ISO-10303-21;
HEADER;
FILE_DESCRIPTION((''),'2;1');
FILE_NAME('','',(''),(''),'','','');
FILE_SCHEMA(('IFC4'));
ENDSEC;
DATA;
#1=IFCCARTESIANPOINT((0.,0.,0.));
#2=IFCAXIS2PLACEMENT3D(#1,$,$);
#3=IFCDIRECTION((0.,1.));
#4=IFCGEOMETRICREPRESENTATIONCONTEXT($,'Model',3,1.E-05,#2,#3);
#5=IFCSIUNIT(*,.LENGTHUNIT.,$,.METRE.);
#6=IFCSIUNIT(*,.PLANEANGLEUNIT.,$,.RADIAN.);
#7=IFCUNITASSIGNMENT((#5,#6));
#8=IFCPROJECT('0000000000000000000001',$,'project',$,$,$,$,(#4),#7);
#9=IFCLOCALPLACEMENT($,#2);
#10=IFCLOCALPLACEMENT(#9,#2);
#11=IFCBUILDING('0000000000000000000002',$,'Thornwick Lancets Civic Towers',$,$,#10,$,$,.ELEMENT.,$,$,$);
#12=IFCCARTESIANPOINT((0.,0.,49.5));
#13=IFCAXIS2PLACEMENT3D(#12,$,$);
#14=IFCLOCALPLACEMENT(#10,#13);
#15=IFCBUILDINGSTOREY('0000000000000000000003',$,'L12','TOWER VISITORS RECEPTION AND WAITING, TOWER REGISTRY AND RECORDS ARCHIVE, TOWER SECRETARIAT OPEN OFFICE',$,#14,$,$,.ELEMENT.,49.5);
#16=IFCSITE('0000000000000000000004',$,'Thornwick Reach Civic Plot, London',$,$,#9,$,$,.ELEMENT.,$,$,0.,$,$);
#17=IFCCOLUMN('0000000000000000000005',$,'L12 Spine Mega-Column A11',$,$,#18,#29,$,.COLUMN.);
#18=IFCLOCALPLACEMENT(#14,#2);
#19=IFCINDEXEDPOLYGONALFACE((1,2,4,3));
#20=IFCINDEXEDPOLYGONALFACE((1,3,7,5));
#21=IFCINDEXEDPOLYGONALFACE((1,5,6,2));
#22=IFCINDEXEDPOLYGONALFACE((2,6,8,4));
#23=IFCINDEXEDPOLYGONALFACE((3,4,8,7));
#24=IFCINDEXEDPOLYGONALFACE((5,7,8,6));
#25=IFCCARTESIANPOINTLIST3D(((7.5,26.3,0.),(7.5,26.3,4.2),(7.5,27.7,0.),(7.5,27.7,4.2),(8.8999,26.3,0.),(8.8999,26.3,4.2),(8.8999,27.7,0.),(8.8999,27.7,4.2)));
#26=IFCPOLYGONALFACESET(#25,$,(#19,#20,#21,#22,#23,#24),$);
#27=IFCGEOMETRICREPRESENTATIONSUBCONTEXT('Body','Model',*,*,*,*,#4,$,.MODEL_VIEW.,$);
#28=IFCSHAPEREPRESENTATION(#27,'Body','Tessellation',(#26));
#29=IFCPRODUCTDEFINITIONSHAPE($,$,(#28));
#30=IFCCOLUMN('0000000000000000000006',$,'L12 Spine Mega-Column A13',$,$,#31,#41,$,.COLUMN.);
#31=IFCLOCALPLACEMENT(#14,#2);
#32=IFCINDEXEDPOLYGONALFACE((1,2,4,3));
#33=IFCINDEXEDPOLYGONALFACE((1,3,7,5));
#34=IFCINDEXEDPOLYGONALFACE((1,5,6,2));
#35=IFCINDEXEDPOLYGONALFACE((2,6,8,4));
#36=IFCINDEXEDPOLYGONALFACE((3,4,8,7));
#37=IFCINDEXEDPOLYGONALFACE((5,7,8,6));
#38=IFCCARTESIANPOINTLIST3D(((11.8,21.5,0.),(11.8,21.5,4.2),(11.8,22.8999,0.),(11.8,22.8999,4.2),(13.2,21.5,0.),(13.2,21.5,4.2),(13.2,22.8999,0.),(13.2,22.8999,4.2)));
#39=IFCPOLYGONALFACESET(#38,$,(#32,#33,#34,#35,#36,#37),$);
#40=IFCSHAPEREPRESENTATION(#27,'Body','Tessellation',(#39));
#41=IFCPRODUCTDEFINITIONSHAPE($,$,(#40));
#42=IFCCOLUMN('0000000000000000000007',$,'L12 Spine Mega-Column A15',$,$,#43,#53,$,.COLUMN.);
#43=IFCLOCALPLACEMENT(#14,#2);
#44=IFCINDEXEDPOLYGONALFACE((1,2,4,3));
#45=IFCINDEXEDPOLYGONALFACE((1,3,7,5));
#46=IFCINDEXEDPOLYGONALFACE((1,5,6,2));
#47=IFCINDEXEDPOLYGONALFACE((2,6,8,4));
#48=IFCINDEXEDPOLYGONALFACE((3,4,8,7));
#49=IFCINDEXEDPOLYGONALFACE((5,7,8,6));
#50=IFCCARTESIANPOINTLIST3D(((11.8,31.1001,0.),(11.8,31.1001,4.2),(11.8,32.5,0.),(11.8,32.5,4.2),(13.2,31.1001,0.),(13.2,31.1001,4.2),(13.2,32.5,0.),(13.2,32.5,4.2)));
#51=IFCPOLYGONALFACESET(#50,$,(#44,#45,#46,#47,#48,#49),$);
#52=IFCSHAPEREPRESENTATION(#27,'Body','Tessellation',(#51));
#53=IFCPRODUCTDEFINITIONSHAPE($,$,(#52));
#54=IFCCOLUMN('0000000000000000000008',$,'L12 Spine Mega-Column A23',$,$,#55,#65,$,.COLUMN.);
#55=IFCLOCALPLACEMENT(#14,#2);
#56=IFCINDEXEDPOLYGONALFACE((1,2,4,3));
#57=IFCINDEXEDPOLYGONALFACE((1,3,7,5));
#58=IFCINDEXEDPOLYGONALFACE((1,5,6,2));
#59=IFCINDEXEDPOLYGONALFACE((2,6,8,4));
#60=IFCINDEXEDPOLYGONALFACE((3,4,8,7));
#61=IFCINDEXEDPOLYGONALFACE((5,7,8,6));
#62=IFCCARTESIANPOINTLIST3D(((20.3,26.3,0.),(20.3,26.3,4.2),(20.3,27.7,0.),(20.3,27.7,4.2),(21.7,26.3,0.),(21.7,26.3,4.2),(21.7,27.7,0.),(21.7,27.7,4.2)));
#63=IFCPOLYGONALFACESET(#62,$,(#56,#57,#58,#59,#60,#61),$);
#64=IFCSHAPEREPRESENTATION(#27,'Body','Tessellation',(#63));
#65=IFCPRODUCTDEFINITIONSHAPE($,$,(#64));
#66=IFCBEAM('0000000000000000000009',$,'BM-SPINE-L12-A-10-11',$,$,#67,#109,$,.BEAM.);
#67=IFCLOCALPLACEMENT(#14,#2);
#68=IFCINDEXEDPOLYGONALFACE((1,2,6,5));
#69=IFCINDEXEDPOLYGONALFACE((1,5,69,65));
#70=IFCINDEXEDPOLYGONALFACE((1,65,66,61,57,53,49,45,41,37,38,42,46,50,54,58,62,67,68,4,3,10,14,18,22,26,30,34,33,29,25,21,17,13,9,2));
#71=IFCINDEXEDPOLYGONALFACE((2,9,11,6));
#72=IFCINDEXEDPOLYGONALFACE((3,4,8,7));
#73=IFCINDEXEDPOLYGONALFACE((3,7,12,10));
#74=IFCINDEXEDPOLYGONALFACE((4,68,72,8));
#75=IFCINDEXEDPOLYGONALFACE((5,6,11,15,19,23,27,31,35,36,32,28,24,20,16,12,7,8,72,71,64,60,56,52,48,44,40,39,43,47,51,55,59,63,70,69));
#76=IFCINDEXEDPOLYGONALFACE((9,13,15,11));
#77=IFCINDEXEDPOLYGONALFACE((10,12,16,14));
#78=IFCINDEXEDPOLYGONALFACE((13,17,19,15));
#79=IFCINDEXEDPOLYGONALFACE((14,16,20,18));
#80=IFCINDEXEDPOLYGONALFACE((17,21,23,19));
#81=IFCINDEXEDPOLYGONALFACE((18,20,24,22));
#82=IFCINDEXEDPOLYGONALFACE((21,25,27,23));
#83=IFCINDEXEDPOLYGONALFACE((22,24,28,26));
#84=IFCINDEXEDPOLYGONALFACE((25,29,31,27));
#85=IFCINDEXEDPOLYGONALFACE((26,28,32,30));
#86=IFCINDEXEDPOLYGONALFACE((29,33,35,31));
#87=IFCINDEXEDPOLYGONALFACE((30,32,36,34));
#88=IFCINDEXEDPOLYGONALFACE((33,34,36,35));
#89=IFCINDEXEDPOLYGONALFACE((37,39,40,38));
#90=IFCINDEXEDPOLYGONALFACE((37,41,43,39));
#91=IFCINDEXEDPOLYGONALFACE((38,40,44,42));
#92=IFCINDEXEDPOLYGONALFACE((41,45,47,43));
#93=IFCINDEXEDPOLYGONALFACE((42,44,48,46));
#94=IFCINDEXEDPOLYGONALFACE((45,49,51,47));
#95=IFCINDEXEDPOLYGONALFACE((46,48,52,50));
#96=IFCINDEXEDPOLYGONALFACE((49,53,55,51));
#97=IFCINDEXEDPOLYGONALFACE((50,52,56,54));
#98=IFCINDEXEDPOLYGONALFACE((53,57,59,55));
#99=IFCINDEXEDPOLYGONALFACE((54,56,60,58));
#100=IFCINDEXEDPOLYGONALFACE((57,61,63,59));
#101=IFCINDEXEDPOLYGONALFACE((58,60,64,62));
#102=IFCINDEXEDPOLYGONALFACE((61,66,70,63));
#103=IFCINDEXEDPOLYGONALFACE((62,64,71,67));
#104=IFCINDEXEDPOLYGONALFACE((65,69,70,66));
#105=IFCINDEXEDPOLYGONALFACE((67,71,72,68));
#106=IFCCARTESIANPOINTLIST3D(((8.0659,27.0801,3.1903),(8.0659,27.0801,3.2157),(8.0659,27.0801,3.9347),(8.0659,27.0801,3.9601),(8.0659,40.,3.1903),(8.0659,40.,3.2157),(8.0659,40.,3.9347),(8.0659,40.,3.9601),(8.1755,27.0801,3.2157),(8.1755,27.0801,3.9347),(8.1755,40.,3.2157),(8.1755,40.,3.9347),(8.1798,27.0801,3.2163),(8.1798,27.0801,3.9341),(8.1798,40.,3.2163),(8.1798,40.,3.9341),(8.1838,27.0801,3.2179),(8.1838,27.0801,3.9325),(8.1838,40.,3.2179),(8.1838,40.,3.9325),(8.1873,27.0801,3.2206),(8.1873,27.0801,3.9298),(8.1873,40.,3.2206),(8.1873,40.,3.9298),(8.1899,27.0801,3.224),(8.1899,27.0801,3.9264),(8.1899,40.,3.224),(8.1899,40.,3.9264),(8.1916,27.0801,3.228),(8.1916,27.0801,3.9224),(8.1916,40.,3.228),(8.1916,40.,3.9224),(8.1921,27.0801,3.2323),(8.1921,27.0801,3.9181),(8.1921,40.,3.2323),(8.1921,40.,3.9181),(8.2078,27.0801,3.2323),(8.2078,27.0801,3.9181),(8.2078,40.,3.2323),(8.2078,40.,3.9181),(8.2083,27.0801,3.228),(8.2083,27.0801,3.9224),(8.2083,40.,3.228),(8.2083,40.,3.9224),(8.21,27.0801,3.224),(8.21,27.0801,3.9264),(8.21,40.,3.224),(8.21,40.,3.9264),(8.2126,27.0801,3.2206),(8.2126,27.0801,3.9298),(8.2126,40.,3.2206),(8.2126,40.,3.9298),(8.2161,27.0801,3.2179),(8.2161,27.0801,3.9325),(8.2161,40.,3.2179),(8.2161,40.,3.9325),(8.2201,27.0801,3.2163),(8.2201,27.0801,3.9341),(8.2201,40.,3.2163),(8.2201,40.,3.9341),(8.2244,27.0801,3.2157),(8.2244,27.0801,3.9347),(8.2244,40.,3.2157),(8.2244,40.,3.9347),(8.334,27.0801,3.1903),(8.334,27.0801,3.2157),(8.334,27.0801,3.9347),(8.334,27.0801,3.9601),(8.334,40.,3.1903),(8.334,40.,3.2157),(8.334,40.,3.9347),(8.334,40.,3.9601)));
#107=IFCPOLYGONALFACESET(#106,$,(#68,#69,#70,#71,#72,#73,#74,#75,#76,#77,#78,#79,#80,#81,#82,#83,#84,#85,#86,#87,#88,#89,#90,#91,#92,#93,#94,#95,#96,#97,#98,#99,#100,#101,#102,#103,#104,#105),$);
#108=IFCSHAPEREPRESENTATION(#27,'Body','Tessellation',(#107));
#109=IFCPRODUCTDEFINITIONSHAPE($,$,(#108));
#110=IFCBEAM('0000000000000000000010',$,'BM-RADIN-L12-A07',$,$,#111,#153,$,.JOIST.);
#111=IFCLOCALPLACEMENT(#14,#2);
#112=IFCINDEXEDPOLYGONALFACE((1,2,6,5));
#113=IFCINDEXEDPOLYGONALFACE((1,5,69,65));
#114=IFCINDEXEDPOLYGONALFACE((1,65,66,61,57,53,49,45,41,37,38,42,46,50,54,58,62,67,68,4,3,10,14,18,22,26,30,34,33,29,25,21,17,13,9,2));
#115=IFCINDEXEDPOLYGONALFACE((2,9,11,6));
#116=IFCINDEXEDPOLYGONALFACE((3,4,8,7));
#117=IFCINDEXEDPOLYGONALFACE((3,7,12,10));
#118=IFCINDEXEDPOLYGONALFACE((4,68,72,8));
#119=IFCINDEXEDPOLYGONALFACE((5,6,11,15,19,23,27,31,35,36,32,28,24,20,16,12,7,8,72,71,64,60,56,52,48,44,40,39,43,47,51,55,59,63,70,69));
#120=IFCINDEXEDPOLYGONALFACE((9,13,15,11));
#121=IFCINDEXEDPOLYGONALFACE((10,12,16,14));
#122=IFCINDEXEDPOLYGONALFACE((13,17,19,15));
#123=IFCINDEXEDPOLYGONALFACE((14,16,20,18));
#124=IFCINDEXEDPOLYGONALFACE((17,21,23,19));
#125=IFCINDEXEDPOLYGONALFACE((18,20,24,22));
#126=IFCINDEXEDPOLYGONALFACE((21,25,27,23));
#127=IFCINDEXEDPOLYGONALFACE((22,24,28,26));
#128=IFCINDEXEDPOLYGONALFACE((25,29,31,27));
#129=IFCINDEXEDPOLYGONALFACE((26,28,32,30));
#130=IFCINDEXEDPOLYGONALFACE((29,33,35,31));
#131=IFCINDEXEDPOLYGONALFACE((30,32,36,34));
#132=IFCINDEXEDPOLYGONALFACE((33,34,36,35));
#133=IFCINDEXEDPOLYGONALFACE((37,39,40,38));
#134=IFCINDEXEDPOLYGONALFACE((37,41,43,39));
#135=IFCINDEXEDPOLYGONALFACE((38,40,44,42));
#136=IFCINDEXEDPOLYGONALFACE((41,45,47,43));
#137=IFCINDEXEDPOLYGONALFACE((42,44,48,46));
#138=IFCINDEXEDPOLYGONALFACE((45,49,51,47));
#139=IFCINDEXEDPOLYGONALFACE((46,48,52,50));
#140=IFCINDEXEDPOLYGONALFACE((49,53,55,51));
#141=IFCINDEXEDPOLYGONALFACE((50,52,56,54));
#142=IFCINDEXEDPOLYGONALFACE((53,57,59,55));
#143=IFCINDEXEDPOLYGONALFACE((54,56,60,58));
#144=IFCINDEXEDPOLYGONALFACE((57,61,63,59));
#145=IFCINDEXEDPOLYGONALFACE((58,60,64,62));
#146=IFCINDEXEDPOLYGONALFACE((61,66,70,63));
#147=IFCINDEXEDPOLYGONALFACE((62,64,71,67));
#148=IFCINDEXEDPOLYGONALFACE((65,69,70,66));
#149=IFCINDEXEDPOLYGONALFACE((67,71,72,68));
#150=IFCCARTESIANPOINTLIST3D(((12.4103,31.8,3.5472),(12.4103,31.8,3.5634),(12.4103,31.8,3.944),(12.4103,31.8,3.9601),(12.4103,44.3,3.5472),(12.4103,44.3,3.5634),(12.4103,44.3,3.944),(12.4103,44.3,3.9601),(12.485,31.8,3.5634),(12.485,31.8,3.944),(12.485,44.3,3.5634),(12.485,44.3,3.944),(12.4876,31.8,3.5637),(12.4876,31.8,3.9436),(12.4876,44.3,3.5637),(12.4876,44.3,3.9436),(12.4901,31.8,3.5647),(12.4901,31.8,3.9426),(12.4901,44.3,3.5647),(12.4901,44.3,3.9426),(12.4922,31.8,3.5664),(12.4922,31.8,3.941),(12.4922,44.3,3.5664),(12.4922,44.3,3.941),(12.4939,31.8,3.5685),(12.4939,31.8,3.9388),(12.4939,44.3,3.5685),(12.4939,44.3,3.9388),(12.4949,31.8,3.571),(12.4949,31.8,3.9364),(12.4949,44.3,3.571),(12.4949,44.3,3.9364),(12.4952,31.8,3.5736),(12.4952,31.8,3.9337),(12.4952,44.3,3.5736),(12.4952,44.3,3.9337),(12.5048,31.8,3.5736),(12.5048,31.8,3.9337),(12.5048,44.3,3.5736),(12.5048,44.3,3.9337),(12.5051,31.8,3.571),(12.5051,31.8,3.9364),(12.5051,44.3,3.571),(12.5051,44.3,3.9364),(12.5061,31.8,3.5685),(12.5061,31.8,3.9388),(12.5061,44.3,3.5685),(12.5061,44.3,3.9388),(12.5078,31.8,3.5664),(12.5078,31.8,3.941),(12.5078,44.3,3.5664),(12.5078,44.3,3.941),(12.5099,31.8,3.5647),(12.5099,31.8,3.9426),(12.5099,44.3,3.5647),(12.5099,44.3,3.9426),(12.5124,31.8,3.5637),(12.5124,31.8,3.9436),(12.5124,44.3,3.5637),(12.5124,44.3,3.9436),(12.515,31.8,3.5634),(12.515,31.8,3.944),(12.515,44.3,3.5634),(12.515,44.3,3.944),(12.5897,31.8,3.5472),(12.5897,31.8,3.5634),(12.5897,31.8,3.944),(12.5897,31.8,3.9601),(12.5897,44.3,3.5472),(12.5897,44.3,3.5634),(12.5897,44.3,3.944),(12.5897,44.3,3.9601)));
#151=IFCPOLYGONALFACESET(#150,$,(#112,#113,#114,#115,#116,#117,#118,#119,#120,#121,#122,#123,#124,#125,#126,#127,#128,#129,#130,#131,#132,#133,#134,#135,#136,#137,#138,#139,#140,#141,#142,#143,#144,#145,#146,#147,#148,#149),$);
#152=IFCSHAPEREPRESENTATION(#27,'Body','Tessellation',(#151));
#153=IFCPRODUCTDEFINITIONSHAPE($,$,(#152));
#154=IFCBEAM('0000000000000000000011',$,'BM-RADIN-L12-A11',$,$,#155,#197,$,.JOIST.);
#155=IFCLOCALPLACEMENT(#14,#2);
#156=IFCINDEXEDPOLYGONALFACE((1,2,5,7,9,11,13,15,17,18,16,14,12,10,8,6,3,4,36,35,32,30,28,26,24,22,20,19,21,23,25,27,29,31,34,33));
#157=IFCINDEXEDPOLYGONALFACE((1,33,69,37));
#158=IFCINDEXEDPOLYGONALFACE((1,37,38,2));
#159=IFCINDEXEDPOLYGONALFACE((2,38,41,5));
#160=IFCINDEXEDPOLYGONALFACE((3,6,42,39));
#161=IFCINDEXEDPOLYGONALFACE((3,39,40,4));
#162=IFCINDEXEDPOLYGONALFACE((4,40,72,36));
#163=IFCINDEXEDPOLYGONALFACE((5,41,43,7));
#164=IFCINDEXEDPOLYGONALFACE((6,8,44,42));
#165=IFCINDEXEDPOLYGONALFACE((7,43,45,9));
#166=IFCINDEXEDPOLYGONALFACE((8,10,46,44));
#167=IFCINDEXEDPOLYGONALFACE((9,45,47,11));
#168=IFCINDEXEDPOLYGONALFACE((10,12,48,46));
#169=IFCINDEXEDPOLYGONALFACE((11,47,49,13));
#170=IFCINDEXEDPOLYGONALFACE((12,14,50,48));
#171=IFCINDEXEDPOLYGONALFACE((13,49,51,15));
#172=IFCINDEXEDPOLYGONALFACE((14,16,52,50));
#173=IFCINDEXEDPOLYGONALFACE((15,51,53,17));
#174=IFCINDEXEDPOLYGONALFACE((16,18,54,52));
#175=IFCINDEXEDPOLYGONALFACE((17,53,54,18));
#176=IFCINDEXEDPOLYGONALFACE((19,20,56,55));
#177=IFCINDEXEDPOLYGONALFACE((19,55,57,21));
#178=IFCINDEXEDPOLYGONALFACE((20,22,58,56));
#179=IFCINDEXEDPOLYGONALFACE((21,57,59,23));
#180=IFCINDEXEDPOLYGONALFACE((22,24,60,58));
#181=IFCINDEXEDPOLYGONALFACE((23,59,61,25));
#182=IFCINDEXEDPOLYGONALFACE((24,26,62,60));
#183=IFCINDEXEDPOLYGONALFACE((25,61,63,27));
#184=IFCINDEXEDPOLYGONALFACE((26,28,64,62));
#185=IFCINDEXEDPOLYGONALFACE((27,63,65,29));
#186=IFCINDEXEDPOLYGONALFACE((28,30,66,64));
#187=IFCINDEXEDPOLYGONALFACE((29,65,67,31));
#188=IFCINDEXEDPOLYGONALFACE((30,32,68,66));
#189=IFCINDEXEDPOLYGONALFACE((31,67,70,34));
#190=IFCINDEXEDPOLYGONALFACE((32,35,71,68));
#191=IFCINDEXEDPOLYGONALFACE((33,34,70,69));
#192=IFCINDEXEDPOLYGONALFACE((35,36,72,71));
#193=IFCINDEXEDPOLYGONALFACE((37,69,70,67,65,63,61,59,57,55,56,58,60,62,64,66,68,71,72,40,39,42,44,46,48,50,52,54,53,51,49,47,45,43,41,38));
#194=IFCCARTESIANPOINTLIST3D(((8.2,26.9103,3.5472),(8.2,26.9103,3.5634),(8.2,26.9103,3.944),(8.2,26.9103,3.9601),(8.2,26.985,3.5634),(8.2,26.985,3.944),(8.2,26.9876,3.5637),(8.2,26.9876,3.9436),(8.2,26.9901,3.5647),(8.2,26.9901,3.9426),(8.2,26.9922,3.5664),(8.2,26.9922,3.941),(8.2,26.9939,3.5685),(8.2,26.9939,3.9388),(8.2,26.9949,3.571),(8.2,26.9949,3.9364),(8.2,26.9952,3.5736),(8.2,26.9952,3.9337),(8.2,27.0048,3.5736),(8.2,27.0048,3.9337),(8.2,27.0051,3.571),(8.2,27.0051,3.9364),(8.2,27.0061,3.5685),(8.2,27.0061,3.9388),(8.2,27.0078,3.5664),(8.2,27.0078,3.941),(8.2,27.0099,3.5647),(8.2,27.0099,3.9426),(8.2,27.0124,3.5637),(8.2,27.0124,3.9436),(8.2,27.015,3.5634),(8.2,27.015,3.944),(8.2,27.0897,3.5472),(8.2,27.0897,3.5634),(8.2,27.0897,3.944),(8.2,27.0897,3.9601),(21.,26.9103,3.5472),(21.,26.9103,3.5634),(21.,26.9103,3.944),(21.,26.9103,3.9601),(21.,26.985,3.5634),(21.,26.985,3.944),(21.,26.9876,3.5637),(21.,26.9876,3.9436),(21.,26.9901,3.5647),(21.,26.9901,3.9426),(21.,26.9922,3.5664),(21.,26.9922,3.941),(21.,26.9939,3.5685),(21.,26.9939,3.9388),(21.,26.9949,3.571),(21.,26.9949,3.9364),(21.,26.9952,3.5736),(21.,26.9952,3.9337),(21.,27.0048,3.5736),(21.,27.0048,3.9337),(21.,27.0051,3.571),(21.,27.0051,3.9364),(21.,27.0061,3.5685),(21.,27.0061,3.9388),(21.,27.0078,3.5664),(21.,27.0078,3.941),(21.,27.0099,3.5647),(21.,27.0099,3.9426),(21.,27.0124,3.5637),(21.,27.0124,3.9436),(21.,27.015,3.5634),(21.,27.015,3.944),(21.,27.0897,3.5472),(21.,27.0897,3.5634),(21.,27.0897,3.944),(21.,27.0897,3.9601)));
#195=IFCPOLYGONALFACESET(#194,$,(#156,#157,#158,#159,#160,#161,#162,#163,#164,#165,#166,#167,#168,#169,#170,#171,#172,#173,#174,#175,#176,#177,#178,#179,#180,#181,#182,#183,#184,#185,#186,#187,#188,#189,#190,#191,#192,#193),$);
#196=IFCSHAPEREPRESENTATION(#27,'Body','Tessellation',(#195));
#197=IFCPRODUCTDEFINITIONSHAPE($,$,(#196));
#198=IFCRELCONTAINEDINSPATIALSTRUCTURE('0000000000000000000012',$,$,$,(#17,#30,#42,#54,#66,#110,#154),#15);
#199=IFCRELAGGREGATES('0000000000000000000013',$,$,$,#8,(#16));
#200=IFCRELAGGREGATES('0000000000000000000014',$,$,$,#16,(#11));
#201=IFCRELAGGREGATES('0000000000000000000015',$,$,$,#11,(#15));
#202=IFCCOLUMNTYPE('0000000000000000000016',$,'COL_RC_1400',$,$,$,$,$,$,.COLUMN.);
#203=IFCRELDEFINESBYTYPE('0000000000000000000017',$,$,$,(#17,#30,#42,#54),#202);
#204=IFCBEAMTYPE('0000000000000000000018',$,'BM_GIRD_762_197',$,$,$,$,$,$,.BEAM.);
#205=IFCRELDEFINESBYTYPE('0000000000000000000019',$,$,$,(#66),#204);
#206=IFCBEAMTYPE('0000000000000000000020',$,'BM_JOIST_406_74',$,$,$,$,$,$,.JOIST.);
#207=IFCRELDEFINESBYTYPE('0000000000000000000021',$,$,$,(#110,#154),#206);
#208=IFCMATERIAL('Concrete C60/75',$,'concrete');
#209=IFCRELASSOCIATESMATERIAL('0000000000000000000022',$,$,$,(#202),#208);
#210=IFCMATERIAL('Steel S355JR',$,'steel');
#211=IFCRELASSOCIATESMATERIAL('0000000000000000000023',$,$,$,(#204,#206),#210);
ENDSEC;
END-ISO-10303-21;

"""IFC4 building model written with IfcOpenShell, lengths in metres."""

from ifc_helpers import new_model, si_unit, direction, frame, origin, origin_2d, place, context, subcontext, project, spatial, rectangle, i_section, extrude, material, material_profile, profile_set, type_object, element, save


model = new_model("IFC4")

# Units and contexts
model_context = context("Model", 3, precision=1e-05, world=origin(), true_north=direction((0.0, 1.0)))
body_context = subcontext(model_context, "Body", "Model", "MODEL_VIEW")
ifc_project = project(units=[si_unit("LENGTHUNIT", "METRE"), si_unit("PLANEANGLEUNIT", "RADIAN")], contexts=[model_context])

# Site, building, storey
site_placement = place(None, origin())
site = spatial("IfcSite", under=ifc_project, at=site_placement, Name="Thornwick Reach Civic Plot, London", CompositionType="ELEMENT", RefElevation=0.0)
building_placement = place(site_placement, origin())
building = spatial("IfcBuilding", under=site, at=building_placement, Name="Thornwick Lancets Civic Towers", CompositionType="ELEMENT")
storey_placement = place(building_placement, frame((0.0, 0.0, 49.5)))
storey = spatial("IfcBuildingStorey", under=building, at=storey_placement, Name="L12", Description="TOWER VISITORS RECEPTION AND WAITING, TOWER REGISTRY AND RECORDS ARCHIVE, TOWER SECRETARIAT OPEN OFFICE", CompositionType="ELEMENT", Elevation=49.5)

# Columns
ifc_material_1 = material(Name="Concrete C60/75", Category="concrete")
ifc_material_profile_1 = material_profile(ifc_material_1, rectangle(XDim=1.3999, YDim=1.3999, at=origin_2d()), Name="RC 1400x1400")
ifc_profile_set_1 = profile_set([ifc_material_profile_1], Name="Concrete C60/75")
column_type = type_object("IfcColumnType", Name="COL_RC_1400", PredefinedType="COLUMN", material=ifc_profile_set_1)
for number, where, z_axis, x_axis, name in (
    (1, (8.2, 27.0, 0.0), (0.0, 0.0, 1.0), (1.0, 0.0, 0.0), "L12 Spine Mega-Column A11"),
    (2, (12.5, 22.2, 0.0), (0.0, 0.0, 1.0), (1.0, 0.0, 0.0), "L12 Spine Mega-Column A13"),
    (3, (12.5, 31.8, 0.0), (0.0, 0.0, 1.0), (1.0, 0.0, 0.0), "L12 Spine Mega-Column A15"),
    (4, (21.0, 27.0, 0.0), (0.0, 0.0, 1.0), (1.0, 0.0, 0.0), "L12 Spine Mega-Column A23"),
):
    element("IfcColumn", number, at=place(storey_placement, frame(where, z_axis=z_axis, x_axis=x_axis)), inside=storey, type_object=column_type, Name=name, PredefinedType="COLUMN", context=body_context, shape_type="SweptSolid", body=[
        extrude(rectangle(XDim=1.3999, YDim=1.3999, at=origin_2d()), origin(), (0.0, 0.0, 1.0), 4.2),
    ])

# Beams
ifc_material_2 = material(Name="Steel S355JR", Category="steel")
ifc_material_profile_2 = material_profile(ifc_material_2, i_section(OverallWidth=0.2681, OverallDepth=0.7698, WebThickness=0.0156, FlangeThickness=0.0254, FilletRadius=0.0166, at=origin_2d()), Name="UKB 762x267x197")
ifc_profile_set_2 = profile_set([ifc_material_profile_2], Name="Steel S355JR")
beam_type_1 = type_object("IfcBeamType", Name="BM_GIRD_762_197", PredefinedType="BEAM", material=ifc_profile_set_2)
beam_1_placement = place(storey_placement, frame((8.2, 27.0801, 3.5752), z_axis=(0.0, 1.0, 0.0), x_axis=(-1.0, 0.0, 0.0)))
element("IfcBeam", 5, at=beam_1_placement, inside=storey, type_object=beam_type_1, Name="BM-SPINE-L12-A-10-11", PredefinedType="BEAM", context=body_context, shape_type="SweptSolid", body=[
    extrude(i_section(OverallWidth=0.2681, OverallDepth=0.7698, WebThickness=0.0156, FlangeThickness=0.0254, FilletRadius=0.0166, at=origin_2d()), origin(), (0.0, 0.0, 1.0), 12.9199),
])
ifc_material_profile_3 = material_profile(ifc_material_2, i_section(OverallWidth=0.1794, OverallDepth=0.4128, WebThickness=0.0095, FlangeThickness=0.0161, FilletRadius=0.0103, at=origin_2d()), Name="UKB 406x178x74")
ifc_profile_set_3 = profile_set([ifc_material_profile_3], Name="Steel S355JR")
beam_type_2 = type_object("IfcBeamType", Name="BM_JOIST_406_74", PredefinedType="JOIST", material=ifc_profile_set_3)
beam_2_placement = place(storey_placement, frame((12.5, 31.8, 3.7537), z_axis=(0.0, 1.0, 0.0), x_axis=(-1.0, 0.0, 0.0)))
element("IfcBeam", 6, at=beam_2_placement, inside=storey, type_object=beam_type_2, Name="BM-RADIN-L12-A07", PredefinedType="JOIST", context=body_context, shape_type="SweptSolid", body=[
    extrude(i_section(OverallWidth=0.1794, OverallDepth=0.4128, WebThickness=0.0095, FlangeThickness=0.0161, FilletRadius=0.0103, at=origin_2d()), origin(), (0.0, 0.0, 1.0), 12.5),
])
beam_3_placement = place(storey_placement, frame((21.0, 27.0, 3.7537), z_axis=(-1.0, 0.0, 0.0), x_axis=(0.0, -1.0, 0.0)))
element("IfcBeam", 7, at=beam_3_placement, inside=storey, type_object=beam_type_2, Name="BM-RADIN-L12-A11", PredefinedType="JOIST", context=body_context, shape_type="SweptSolid", body=[
    extrude(i_section(OverallWidth=0.1794, OverallDepth=0.4128, WebThickness=0.0095, FlangeThickness=0.0161, FilletRadius=0.0103, at=origin_2d()), origin(), (0.0, 0.0, 1.0), 12.8),
])

save(model, "model.ifc")
